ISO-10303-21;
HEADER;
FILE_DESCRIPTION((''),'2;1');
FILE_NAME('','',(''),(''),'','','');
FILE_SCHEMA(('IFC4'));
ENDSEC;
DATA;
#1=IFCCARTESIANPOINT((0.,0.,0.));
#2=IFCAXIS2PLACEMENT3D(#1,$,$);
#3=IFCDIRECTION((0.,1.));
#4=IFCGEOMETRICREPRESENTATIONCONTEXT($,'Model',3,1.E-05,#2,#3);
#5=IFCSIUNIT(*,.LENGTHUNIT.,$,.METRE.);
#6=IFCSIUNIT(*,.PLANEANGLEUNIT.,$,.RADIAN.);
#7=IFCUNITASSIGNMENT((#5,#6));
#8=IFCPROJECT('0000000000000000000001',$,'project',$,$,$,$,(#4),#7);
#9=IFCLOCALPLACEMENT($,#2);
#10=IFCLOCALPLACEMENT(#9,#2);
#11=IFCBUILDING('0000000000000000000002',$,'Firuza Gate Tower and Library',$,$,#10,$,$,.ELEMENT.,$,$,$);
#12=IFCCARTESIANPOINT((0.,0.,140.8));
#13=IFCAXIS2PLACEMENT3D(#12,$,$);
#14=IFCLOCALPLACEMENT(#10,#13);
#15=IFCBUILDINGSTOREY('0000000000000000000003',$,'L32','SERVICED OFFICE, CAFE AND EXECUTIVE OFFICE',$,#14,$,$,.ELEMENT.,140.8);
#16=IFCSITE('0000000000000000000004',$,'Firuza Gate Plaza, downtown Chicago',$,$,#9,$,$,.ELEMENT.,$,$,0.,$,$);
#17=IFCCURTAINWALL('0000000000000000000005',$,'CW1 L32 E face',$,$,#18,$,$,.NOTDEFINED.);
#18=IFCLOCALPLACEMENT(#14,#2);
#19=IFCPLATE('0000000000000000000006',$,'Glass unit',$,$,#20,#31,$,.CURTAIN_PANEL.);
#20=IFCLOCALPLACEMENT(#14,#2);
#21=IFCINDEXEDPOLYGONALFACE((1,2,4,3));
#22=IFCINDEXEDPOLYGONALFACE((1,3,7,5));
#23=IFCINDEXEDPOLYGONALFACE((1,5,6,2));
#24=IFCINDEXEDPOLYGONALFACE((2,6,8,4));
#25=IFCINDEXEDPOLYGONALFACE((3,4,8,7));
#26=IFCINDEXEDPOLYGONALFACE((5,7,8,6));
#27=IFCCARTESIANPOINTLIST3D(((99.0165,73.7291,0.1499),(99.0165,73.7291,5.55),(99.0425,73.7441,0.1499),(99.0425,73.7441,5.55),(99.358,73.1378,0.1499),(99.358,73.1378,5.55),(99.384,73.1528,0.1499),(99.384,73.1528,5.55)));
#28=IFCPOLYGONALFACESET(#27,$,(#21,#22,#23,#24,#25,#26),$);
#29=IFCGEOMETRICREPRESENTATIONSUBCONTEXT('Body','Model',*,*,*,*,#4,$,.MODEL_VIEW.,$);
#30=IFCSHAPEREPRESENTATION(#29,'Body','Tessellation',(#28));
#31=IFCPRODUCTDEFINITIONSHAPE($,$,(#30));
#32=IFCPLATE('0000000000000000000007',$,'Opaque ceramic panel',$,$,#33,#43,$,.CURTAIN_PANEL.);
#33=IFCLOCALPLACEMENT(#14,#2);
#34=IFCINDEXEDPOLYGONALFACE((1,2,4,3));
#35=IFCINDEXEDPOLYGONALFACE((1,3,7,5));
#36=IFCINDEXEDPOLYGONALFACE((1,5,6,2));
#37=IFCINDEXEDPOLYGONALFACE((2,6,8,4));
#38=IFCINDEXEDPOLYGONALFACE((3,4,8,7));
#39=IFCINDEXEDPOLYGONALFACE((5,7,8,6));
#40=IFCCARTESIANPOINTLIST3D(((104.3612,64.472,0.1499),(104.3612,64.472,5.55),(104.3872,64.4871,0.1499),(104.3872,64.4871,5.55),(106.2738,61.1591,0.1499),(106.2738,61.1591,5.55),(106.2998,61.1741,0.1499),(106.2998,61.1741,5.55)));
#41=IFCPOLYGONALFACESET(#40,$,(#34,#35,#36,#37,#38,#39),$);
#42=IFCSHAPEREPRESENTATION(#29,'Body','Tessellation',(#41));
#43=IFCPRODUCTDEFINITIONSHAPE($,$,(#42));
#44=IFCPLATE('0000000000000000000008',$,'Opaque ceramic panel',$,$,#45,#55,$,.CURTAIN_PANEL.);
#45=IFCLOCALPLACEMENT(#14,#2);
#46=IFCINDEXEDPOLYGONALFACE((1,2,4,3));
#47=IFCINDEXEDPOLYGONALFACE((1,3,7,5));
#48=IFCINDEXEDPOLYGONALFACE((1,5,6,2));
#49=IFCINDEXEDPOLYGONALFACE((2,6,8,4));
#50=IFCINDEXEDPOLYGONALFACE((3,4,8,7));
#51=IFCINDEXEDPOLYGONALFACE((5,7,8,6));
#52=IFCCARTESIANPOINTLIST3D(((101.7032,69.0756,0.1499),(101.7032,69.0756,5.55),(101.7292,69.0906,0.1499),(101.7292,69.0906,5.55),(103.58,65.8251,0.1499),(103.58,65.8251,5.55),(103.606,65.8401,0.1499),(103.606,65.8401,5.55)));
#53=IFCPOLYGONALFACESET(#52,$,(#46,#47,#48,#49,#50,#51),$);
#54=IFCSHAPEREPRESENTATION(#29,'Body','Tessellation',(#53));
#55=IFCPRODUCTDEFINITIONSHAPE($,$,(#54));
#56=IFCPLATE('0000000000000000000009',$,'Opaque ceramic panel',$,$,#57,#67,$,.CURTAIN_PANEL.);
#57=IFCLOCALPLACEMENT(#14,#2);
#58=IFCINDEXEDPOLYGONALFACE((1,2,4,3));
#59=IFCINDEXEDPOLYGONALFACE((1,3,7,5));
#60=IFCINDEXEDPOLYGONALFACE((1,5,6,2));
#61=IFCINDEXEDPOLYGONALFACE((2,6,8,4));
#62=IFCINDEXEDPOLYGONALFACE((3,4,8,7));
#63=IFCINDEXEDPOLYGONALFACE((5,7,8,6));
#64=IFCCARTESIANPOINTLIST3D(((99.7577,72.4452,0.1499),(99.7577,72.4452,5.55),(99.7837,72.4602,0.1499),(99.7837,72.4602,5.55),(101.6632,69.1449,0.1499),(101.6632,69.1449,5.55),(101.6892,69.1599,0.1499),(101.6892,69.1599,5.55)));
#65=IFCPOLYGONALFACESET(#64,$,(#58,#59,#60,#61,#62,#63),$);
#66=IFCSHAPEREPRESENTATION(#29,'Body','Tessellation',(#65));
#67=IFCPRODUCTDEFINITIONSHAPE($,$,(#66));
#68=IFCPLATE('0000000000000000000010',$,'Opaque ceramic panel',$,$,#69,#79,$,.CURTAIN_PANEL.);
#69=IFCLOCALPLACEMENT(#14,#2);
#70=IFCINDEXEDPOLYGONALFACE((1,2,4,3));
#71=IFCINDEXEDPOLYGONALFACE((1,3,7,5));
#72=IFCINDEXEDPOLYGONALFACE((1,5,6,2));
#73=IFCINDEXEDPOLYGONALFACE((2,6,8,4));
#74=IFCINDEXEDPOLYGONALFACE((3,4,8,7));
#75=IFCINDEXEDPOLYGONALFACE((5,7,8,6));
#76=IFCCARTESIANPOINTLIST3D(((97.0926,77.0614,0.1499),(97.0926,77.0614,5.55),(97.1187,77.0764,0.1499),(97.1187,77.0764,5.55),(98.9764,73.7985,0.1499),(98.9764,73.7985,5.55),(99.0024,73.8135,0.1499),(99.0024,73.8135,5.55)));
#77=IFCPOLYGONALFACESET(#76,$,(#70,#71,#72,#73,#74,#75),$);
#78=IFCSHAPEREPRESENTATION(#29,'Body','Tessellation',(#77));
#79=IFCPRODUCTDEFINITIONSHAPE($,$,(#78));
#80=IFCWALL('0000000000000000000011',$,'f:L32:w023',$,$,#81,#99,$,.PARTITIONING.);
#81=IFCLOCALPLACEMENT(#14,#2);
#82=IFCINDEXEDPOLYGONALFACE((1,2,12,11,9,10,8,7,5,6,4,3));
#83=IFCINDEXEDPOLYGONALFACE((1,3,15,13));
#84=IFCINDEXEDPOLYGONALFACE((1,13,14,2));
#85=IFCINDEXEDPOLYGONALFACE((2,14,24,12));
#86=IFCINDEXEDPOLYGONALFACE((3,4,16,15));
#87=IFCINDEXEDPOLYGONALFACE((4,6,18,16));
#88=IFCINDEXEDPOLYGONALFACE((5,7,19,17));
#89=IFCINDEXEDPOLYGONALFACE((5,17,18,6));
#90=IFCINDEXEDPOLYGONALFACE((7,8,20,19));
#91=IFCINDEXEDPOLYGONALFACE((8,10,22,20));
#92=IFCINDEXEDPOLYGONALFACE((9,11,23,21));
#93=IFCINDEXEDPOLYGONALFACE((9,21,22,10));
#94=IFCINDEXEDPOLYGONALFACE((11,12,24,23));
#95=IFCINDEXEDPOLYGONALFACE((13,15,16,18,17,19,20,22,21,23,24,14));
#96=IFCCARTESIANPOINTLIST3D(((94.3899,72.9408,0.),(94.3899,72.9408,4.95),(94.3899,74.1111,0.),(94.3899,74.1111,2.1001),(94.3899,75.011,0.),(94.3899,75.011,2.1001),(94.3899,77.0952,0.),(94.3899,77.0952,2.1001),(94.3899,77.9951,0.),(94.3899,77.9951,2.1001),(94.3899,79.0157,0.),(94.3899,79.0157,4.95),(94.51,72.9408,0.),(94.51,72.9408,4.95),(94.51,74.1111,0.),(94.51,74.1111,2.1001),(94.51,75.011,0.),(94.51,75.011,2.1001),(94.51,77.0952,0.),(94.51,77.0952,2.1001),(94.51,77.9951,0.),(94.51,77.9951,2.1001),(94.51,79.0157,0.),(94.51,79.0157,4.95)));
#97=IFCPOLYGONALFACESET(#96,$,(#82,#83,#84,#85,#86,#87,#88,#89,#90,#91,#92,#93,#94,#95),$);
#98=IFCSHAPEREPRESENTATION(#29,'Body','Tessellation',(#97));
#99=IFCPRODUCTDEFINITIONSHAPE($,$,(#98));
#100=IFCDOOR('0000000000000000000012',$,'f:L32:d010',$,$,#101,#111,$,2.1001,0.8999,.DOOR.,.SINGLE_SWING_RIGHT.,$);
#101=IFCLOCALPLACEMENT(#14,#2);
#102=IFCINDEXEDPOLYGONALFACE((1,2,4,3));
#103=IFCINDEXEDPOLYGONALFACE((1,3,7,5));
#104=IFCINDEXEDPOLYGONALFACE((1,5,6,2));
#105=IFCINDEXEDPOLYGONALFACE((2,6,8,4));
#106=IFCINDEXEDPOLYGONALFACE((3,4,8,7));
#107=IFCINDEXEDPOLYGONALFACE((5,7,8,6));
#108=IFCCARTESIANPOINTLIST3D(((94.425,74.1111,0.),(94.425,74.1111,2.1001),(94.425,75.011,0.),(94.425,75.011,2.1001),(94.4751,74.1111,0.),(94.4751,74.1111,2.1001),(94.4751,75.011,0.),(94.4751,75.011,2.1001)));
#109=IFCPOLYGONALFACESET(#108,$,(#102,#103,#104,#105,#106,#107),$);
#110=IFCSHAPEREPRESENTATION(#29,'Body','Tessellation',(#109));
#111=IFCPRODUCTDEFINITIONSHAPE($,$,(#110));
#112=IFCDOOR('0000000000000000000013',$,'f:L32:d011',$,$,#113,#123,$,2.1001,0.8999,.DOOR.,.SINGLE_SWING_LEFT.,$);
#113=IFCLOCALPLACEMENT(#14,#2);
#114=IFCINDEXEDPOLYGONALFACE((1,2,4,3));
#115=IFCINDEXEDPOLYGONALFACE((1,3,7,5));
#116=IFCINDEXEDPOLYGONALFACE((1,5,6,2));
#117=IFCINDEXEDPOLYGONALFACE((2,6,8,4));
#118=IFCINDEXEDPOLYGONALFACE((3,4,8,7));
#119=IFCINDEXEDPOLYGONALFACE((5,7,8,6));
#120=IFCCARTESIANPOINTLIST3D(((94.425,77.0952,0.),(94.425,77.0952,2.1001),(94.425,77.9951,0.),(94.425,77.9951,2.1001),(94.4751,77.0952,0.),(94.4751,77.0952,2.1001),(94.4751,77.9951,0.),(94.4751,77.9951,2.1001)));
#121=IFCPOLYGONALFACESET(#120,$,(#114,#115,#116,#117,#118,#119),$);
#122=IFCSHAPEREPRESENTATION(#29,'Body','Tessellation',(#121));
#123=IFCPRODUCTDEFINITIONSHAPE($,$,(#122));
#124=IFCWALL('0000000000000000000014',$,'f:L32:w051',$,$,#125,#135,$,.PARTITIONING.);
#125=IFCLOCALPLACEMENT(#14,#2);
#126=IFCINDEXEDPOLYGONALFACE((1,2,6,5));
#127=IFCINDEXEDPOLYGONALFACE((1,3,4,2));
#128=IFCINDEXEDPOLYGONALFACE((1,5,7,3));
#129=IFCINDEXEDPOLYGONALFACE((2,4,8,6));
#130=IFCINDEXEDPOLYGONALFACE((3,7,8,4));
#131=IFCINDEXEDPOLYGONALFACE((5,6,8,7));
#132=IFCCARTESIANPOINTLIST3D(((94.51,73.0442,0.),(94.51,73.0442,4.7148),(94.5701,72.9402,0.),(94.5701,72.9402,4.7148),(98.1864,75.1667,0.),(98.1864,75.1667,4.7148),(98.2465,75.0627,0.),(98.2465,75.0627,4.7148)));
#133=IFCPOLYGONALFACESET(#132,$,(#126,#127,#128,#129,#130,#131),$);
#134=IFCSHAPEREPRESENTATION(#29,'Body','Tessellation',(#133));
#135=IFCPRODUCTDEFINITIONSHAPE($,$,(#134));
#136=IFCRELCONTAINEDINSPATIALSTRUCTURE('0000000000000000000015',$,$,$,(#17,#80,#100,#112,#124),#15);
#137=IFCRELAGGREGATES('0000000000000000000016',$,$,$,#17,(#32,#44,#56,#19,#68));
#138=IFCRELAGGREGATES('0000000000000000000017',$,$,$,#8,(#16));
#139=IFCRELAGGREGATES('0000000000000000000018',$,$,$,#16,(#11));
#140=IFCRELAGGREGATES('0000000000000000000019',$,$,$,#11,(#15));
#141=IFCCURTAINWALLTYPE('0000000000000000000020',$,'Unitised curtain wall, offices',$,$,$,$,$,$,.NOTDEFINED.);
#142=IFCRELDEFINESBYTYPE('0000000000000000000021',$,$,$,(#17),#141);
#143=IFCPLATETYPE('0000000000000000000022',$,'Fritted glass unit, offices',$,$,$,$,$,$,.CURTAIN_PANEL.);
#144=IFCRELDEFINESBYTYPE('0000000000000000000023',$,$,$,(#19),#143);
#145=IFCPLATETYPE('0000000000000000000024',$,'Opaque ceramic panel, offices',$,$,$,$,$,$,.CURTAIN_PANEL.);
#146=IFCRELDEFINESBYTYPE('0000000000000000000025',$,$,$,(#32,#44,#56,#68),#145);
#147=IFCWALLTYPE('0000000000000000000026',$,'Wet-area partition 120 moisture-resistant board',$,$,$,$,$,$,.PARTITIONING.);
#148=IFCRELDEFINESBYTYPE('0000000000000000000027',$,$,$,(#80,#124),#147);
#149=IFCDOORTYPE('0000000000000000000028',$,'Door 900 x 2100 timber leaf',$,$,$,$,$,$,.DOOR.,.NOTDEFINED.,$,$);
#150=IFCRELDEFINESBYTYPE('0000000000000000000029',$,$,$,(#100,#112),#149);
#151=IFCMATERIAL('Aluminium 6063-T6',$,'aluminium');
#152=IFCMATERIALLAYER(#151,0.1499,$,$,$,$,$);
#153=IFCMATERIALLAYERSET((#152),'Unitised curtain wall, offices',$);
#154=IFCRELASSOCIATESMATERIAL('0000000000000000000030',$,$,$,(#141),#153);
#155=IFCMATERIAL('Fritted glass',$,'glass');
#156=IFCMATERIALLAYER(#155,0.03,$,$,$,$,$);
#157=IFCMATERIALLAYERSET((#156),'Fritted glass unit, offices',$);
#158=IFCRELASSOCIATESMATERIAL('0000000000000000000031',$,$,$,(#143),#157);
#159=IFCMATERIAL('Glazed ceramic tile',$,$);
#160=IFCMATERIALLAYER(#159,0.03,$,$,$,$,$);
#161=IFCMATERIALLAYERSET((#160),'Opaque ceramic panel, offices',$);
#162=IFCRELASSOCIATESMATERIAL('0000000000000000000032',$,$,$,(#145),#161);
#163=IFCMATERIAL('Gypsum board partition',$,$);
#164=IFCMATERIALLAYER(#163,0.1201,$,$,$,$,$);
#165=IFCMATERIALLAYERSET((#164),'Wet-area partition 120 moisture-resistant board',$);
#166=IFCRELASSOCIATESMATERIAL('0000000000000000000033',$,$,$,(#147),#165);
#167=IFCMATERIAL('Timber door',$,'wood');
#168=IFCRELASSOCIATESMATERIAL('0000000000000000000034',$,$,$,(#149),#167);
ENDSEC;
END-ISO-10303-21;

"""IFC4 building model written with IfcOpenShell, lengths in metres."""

from ifc_helpers import new_model, si_unit, direction, frame, frame_2d, origin, place, context, subcontext, project, spatial, polyline, rectangle, outline, extrude, material, layer, layer_set, type_object, element, fill, aggregate, save


model = new_model("IFC4")

# Units and contexts
model_context = context("Model", 3, precision=1e-05, world=origin(), true_north=direction((0.0, 1.0)))
body_context = subcontext(model_context, "Body", "Model", "MODEL_VIEW")
ifc_project = project(units=[si_unit("LENGTHUNIT", "METRE"), si_unit("PLANEANGLEUNIT", "RADIAN")], contexts=[model_context])

# Site, building, storey
site_placement = place(None, origin())
site = spatial("IfcSite", under=ifc_project, at=site_placement, Name="Firuza Gate Plaza, downtown Chicago", CompositionType="ELEMENT", RefElevation=0.0)
building_placement = place(site_placement, origin())
building = spatial("IfcBuilding", under=site, at=building_placement, Name="Firuza Gate Tower and Library", CompositionType="ELEMENT")
storey_placement = place(building_placement, frame((0.0, 0.0, 140.8)))
storey = spatial("IfcBuildingStorey", under=building, at=storey_placement, Name="L32", Description="SERVICED OFFICE, CAFE AND EXECUTIVE OFFICE", CompositionType="ELEMENT", Elevation=140.8)

# Curtain wall
ifc_material_1 = material(Name="Aluminium 6063-T6", Category="aluminium")
ifc_layer_1 = layer(ifc_material_1, 0.1499)
ifc_layer_set_1 = layer_set([ifc_layer_1], Name="Unitised curtain wall, offices")
curtain_wall_type = type_object("IfcCurtainWallType", Name="Unitised curtain wall, offices", PredefinedType="NOTDEFINED", material=ifc_layer_set_1)
curtain_wall_placement = place(storey_placement, origin())
curtain_wall = element("IfcCurtainWall", 1, at=curtain_wall_placement, inside=storey, type_object=curtain_wall_type, Name="CW1 L32 E face", PredefinedType="NOTDEFINED")

# Plates
ifc_material_2 = material(Name="Fritted glass", Category="glass")
ifc_layer_2 = layer(ifc_material_2, 0.03)
ifc_layer_set_2 = layer_set([ifc_layer_2], Name="Fritted glass unit, offices")
plate_type_1 = type_object("IfcPlateType", Name="Fritted glass unit, offices", PredefinedType="CURTAIN_PANEL", material=ifc_layer_set_2)
plate_1_placement = place(storey_placement, frame((99.384, 73.1528, 0.1499), z_axis=(0.865924, 0.500176, 0.0), x_axis=(-0.500176, 0.865924, 0.0)))
plate_1 = element("IfcPlate", 2, at=plate_1_placement, type_object=plate_type_1, Name="Glass unit", PredefinedType="CURTAIN_PANEL", context=body_context, shape_type="SweptSolid", body=[
    extrude(outline(polyline([(0.0, 0.0), (0.6829, 0.0), (0.6829, 5.4001), (0.0, 5.4001), (0.0, 0.0)])), origin(), (0.0, 0.0, -1.0), 0.03),
])
ifc_material_3 = material(Name="Glazed ceramic tile")
ifc_layer_3 = layer(ifc_material_3, 0.03)
ifc_layer_set_3 = layer_set([ifc_layer_3], Name="Opaque ceramic panel, offices")
plate_type_2 = type_object("IfcPlateType", Name="Opaque ceramic panel, offices", PredefinedType="CURTAIN_PANEL", material=ifc_layer_set_3)
plate_2_placement = place(storey_placement, frame((106.2998, 61.1741, 0.1499), z_axis=(0.866043, 0.499969, 0.0), x_axis=(-0.499969, 0.866043, 0.0)))
plate_2 = element("IfcPlate", 3, at=plate_2_placement, type_object=plate_type_2, Name="Opaque ceramic panel", PredefinedType="CURTAIN_PANEL", context=body_context, shape_type="SweptSolid", body=[
    extrude(outline(polyline([(0.0, 0.0), (3.8254, 0.0), (3.8254, 5.4001), (0.0, 5.4001), (0.0, 0.0)])), origin(), (0.0, 0.0, -1.0), 0.03),
])
plate_3_placement = place(storey_placement, frame((103.606, 65.8401, 0.1499), z_axis=(0.866021, 0.500008, 0.0), x_axis=(-0.500008, 0.866021, 0.0)))
plate_3 = element("IfcPlate", 4, at=plate_3_placement, type_object=plate_type_2, Name="Opaque ceramic panel", PredefinedType="CURTAIN_PANEL", context=body_context, shape_type="SweptSolid", body=[
    extrude(outline(polyline([(0.0, 0.0), (3.7534, 0.0), (3.7534, 5.4001), (0.0, 5.4001), (0.0, 0.0)])), origin(), (0.0, 0.0, -1.0), 0.03),
])
plate_4_placement = place(storey_placement, frame((101.6892, 69.1599, 0.1499), z_axis=(0.866015, 0.500018, 0.0), x_axis=(-0.500018, 0.866015, 0.0)))
plate_4 = element("IfcPlate", 5, at=plate_4_placement, type_object=plate_type_2, Name="Opaque ceramic panel", PredefinedType="CURTAIN_PANEL", context=body_context, shape_type="SweptSolid", body=[
    extrude(outline(polyline([(0.0, 0.0), (3.8109, 0.0), (3.8109, 5.4001), (0.0, 5.4001), (0.0, 0.0)])), origin(), (0.0, 0.0, -1.0), 0.03),
])
plate_5_placement = place(storey_placement, frame((99.0024, 73.8135, 0.1499), z_axis=(0.866033, 0.499986, 0.0), x_axis=(-0.499986, 0.866033, 0.0)))
plate_5 = element("IfcPlate", 6, at=plate_5_placement, type_object=plate_type_2, Name="Opaque ceramic panel", PredefinedType="CURTAIN_PANEL", context=body_context, shape_type="SweptSolid", body=[
    extrude(outline(polyline([(0.0, 0.0), (3.7677, 0.0), (3.7677, 5.4001), (0.0, 5.4001), (0.0, 0.0)])), origin(), (0.0, 0.0, -1.0), 0.03),
])
aggregate(curtain_wall, [plate_2, plate_3, plate_4, plate_1, plate_5])

# Wall, openings, doors
ifc_material_4 = material(Name="Gypsum board partition")
ifc_layer_4 = layer(ifc_material_4, 0.1201)
ifc_layer_set_4 = layer_set([ifc_layer_4], Name="Wet-area partition 120 moisture-resistant board")
wall_type = type_object("IfcWallType", Name="Wet-area partition 120 moisture-resistant board", PredefinedType="PARTITIONING", material=ifc_layer_set_4)
wall_1_placement = place(storey_placement, frame((94.45, 72.9407, 0.0), z_axis=(0.0, 0.0, 1.0), x_axis=(0.0, 1.0, 0.0)))
wall_1 = element("IfcWall", 7, at=wall_1_placement, inside=storey, type_object=wall_type, Name="f:L32:w023", PredefinedType="PARTITIONING", context=body_context, shape_type="SweptSolid", body=[
    extrude(rectangle(XDim=6.075, YDim=0.1201, at=frame_2d((3.0376, 0.0))), origin(), (0.0, 0.0, 1.0), 4.95),
])
opening_1_placement = place(wall_1_placement, frame((1.1704, 0.0, 0.0)))
opening_1 = element("IfcOpeningElement", 8, at=opening_1_placement, cuts=wall_1, PredefinedType="OPENING", context=body_context, shape_type="SweptSolid", body=[
    extrude(rectangle(XDim=0.8999, YDim=2.1001, at=frame_2d((0.45, 1.05))), frame((0.0, 0.0701, 0.0), z_axis=(0.0, -1.0, 0.0), x_axis=(1.0, 0.0, 0.0)), (0.0, 0.0, 1.0), 0.1401),
])
opening_2_placement = place(wall_1_placement, frame((4.1545, 0.0, 0.0)))
opening_2 = element("IfcOpeningElement", 9, at=opening_2_placement, cuts=wall_1, PredefinedType="OPENING", context=body_context, shape_type="SweptSolid", body=[
    extrude(rectangle(XDim=0.8999, YDim=2.1001, at=frame_2d((0.45, 1.05))), frame((0.0, 0.0701, 0.0), z_axis=(0.0, -1.0, 0.0), x_axis=(1.0, 0.0, 0.0)), (0.0, 0.0, 1.0), 0.1401),
])
ifc_material_5 = material(Name="Timber door", Category="wood")
door_type = type_object("IfcDoorType", Name="Door 900 x 2100 timber leaf", OperationType="NOTDEFINED", PredefinedType="DOOR", material=ifc_material_5)
door_1_placement = place(opening_1_placement, origin())
door_1 = element("IfcDoor", 10, at=door_1_placement, inside=storey, type_object=door_type, Name="f:L32:d010", OperationType="SINGLE_SWING_RIGHT", OverallHeight=2.1001, OverallWidth=0.8999, PredefinedType="DOOR", context=body_context, shape_type="SweptSolid", body=[
    extrude(rectangle(XDim=0.8999, YDim=2.1001, at=frame_2d((0.45, 1.05))), frame((0.0, 0.0249, 0.0), z_axis=(0.0, -1.0, 0.0), x_axis=(1.0, 0.0, 0.0)), (0.0, 0.0, 1.0), 0.05),
])
fill(opening_1, door_1)
door_2_placement = place(opening_2_placement, origin())
door_2 = element("IfcDoor", 11, at=door_2_placement, inside=storey, type_object=door_type, Name="f:L32:d011", OperationType="SINGLE_SWING_LEFT", OverallHeight=2.1001, OverallWidth=0.8999, PredefinedType="DOOR", context=body_context, shape_type="SweptSolid", body=[
    extrude(rectangle(XDim=0.8999, YDim=2.1001, at=frame_2d((0.45, 1.05))), frame((0.0, 0.0249, 0.0), z_axis=(0.0, -1.0, 0.0), x_axis=(1.0, 0.0, 0.0)), (0.0, 0.0, 1.0), 0.05),
])
fill(opening_2, door_2)

# Wall
wall_2_placement = place(storey_placement, frame((94.54, 72.9922, 0.0), z_axis=(0.0, 0.0, 1.0), x_axis=(0.866033, 0.499986, 0.0)))
element("IfcWall", 12, at=wall_2_placement, inside=storey, type_object=wall_type, Name="f:L32:w051", PredefinedType="PARTITIONING", context=body_context, shape_type="SweptSolid", body=[
    extrude(rectangle(XDim=4.2451, YDim=0.1201, at=frame_2d((2.1226, 0.0))), origin(), (0.0, 0.0, 1.0), 4.7148),
])

save(model, "model.ifc")
